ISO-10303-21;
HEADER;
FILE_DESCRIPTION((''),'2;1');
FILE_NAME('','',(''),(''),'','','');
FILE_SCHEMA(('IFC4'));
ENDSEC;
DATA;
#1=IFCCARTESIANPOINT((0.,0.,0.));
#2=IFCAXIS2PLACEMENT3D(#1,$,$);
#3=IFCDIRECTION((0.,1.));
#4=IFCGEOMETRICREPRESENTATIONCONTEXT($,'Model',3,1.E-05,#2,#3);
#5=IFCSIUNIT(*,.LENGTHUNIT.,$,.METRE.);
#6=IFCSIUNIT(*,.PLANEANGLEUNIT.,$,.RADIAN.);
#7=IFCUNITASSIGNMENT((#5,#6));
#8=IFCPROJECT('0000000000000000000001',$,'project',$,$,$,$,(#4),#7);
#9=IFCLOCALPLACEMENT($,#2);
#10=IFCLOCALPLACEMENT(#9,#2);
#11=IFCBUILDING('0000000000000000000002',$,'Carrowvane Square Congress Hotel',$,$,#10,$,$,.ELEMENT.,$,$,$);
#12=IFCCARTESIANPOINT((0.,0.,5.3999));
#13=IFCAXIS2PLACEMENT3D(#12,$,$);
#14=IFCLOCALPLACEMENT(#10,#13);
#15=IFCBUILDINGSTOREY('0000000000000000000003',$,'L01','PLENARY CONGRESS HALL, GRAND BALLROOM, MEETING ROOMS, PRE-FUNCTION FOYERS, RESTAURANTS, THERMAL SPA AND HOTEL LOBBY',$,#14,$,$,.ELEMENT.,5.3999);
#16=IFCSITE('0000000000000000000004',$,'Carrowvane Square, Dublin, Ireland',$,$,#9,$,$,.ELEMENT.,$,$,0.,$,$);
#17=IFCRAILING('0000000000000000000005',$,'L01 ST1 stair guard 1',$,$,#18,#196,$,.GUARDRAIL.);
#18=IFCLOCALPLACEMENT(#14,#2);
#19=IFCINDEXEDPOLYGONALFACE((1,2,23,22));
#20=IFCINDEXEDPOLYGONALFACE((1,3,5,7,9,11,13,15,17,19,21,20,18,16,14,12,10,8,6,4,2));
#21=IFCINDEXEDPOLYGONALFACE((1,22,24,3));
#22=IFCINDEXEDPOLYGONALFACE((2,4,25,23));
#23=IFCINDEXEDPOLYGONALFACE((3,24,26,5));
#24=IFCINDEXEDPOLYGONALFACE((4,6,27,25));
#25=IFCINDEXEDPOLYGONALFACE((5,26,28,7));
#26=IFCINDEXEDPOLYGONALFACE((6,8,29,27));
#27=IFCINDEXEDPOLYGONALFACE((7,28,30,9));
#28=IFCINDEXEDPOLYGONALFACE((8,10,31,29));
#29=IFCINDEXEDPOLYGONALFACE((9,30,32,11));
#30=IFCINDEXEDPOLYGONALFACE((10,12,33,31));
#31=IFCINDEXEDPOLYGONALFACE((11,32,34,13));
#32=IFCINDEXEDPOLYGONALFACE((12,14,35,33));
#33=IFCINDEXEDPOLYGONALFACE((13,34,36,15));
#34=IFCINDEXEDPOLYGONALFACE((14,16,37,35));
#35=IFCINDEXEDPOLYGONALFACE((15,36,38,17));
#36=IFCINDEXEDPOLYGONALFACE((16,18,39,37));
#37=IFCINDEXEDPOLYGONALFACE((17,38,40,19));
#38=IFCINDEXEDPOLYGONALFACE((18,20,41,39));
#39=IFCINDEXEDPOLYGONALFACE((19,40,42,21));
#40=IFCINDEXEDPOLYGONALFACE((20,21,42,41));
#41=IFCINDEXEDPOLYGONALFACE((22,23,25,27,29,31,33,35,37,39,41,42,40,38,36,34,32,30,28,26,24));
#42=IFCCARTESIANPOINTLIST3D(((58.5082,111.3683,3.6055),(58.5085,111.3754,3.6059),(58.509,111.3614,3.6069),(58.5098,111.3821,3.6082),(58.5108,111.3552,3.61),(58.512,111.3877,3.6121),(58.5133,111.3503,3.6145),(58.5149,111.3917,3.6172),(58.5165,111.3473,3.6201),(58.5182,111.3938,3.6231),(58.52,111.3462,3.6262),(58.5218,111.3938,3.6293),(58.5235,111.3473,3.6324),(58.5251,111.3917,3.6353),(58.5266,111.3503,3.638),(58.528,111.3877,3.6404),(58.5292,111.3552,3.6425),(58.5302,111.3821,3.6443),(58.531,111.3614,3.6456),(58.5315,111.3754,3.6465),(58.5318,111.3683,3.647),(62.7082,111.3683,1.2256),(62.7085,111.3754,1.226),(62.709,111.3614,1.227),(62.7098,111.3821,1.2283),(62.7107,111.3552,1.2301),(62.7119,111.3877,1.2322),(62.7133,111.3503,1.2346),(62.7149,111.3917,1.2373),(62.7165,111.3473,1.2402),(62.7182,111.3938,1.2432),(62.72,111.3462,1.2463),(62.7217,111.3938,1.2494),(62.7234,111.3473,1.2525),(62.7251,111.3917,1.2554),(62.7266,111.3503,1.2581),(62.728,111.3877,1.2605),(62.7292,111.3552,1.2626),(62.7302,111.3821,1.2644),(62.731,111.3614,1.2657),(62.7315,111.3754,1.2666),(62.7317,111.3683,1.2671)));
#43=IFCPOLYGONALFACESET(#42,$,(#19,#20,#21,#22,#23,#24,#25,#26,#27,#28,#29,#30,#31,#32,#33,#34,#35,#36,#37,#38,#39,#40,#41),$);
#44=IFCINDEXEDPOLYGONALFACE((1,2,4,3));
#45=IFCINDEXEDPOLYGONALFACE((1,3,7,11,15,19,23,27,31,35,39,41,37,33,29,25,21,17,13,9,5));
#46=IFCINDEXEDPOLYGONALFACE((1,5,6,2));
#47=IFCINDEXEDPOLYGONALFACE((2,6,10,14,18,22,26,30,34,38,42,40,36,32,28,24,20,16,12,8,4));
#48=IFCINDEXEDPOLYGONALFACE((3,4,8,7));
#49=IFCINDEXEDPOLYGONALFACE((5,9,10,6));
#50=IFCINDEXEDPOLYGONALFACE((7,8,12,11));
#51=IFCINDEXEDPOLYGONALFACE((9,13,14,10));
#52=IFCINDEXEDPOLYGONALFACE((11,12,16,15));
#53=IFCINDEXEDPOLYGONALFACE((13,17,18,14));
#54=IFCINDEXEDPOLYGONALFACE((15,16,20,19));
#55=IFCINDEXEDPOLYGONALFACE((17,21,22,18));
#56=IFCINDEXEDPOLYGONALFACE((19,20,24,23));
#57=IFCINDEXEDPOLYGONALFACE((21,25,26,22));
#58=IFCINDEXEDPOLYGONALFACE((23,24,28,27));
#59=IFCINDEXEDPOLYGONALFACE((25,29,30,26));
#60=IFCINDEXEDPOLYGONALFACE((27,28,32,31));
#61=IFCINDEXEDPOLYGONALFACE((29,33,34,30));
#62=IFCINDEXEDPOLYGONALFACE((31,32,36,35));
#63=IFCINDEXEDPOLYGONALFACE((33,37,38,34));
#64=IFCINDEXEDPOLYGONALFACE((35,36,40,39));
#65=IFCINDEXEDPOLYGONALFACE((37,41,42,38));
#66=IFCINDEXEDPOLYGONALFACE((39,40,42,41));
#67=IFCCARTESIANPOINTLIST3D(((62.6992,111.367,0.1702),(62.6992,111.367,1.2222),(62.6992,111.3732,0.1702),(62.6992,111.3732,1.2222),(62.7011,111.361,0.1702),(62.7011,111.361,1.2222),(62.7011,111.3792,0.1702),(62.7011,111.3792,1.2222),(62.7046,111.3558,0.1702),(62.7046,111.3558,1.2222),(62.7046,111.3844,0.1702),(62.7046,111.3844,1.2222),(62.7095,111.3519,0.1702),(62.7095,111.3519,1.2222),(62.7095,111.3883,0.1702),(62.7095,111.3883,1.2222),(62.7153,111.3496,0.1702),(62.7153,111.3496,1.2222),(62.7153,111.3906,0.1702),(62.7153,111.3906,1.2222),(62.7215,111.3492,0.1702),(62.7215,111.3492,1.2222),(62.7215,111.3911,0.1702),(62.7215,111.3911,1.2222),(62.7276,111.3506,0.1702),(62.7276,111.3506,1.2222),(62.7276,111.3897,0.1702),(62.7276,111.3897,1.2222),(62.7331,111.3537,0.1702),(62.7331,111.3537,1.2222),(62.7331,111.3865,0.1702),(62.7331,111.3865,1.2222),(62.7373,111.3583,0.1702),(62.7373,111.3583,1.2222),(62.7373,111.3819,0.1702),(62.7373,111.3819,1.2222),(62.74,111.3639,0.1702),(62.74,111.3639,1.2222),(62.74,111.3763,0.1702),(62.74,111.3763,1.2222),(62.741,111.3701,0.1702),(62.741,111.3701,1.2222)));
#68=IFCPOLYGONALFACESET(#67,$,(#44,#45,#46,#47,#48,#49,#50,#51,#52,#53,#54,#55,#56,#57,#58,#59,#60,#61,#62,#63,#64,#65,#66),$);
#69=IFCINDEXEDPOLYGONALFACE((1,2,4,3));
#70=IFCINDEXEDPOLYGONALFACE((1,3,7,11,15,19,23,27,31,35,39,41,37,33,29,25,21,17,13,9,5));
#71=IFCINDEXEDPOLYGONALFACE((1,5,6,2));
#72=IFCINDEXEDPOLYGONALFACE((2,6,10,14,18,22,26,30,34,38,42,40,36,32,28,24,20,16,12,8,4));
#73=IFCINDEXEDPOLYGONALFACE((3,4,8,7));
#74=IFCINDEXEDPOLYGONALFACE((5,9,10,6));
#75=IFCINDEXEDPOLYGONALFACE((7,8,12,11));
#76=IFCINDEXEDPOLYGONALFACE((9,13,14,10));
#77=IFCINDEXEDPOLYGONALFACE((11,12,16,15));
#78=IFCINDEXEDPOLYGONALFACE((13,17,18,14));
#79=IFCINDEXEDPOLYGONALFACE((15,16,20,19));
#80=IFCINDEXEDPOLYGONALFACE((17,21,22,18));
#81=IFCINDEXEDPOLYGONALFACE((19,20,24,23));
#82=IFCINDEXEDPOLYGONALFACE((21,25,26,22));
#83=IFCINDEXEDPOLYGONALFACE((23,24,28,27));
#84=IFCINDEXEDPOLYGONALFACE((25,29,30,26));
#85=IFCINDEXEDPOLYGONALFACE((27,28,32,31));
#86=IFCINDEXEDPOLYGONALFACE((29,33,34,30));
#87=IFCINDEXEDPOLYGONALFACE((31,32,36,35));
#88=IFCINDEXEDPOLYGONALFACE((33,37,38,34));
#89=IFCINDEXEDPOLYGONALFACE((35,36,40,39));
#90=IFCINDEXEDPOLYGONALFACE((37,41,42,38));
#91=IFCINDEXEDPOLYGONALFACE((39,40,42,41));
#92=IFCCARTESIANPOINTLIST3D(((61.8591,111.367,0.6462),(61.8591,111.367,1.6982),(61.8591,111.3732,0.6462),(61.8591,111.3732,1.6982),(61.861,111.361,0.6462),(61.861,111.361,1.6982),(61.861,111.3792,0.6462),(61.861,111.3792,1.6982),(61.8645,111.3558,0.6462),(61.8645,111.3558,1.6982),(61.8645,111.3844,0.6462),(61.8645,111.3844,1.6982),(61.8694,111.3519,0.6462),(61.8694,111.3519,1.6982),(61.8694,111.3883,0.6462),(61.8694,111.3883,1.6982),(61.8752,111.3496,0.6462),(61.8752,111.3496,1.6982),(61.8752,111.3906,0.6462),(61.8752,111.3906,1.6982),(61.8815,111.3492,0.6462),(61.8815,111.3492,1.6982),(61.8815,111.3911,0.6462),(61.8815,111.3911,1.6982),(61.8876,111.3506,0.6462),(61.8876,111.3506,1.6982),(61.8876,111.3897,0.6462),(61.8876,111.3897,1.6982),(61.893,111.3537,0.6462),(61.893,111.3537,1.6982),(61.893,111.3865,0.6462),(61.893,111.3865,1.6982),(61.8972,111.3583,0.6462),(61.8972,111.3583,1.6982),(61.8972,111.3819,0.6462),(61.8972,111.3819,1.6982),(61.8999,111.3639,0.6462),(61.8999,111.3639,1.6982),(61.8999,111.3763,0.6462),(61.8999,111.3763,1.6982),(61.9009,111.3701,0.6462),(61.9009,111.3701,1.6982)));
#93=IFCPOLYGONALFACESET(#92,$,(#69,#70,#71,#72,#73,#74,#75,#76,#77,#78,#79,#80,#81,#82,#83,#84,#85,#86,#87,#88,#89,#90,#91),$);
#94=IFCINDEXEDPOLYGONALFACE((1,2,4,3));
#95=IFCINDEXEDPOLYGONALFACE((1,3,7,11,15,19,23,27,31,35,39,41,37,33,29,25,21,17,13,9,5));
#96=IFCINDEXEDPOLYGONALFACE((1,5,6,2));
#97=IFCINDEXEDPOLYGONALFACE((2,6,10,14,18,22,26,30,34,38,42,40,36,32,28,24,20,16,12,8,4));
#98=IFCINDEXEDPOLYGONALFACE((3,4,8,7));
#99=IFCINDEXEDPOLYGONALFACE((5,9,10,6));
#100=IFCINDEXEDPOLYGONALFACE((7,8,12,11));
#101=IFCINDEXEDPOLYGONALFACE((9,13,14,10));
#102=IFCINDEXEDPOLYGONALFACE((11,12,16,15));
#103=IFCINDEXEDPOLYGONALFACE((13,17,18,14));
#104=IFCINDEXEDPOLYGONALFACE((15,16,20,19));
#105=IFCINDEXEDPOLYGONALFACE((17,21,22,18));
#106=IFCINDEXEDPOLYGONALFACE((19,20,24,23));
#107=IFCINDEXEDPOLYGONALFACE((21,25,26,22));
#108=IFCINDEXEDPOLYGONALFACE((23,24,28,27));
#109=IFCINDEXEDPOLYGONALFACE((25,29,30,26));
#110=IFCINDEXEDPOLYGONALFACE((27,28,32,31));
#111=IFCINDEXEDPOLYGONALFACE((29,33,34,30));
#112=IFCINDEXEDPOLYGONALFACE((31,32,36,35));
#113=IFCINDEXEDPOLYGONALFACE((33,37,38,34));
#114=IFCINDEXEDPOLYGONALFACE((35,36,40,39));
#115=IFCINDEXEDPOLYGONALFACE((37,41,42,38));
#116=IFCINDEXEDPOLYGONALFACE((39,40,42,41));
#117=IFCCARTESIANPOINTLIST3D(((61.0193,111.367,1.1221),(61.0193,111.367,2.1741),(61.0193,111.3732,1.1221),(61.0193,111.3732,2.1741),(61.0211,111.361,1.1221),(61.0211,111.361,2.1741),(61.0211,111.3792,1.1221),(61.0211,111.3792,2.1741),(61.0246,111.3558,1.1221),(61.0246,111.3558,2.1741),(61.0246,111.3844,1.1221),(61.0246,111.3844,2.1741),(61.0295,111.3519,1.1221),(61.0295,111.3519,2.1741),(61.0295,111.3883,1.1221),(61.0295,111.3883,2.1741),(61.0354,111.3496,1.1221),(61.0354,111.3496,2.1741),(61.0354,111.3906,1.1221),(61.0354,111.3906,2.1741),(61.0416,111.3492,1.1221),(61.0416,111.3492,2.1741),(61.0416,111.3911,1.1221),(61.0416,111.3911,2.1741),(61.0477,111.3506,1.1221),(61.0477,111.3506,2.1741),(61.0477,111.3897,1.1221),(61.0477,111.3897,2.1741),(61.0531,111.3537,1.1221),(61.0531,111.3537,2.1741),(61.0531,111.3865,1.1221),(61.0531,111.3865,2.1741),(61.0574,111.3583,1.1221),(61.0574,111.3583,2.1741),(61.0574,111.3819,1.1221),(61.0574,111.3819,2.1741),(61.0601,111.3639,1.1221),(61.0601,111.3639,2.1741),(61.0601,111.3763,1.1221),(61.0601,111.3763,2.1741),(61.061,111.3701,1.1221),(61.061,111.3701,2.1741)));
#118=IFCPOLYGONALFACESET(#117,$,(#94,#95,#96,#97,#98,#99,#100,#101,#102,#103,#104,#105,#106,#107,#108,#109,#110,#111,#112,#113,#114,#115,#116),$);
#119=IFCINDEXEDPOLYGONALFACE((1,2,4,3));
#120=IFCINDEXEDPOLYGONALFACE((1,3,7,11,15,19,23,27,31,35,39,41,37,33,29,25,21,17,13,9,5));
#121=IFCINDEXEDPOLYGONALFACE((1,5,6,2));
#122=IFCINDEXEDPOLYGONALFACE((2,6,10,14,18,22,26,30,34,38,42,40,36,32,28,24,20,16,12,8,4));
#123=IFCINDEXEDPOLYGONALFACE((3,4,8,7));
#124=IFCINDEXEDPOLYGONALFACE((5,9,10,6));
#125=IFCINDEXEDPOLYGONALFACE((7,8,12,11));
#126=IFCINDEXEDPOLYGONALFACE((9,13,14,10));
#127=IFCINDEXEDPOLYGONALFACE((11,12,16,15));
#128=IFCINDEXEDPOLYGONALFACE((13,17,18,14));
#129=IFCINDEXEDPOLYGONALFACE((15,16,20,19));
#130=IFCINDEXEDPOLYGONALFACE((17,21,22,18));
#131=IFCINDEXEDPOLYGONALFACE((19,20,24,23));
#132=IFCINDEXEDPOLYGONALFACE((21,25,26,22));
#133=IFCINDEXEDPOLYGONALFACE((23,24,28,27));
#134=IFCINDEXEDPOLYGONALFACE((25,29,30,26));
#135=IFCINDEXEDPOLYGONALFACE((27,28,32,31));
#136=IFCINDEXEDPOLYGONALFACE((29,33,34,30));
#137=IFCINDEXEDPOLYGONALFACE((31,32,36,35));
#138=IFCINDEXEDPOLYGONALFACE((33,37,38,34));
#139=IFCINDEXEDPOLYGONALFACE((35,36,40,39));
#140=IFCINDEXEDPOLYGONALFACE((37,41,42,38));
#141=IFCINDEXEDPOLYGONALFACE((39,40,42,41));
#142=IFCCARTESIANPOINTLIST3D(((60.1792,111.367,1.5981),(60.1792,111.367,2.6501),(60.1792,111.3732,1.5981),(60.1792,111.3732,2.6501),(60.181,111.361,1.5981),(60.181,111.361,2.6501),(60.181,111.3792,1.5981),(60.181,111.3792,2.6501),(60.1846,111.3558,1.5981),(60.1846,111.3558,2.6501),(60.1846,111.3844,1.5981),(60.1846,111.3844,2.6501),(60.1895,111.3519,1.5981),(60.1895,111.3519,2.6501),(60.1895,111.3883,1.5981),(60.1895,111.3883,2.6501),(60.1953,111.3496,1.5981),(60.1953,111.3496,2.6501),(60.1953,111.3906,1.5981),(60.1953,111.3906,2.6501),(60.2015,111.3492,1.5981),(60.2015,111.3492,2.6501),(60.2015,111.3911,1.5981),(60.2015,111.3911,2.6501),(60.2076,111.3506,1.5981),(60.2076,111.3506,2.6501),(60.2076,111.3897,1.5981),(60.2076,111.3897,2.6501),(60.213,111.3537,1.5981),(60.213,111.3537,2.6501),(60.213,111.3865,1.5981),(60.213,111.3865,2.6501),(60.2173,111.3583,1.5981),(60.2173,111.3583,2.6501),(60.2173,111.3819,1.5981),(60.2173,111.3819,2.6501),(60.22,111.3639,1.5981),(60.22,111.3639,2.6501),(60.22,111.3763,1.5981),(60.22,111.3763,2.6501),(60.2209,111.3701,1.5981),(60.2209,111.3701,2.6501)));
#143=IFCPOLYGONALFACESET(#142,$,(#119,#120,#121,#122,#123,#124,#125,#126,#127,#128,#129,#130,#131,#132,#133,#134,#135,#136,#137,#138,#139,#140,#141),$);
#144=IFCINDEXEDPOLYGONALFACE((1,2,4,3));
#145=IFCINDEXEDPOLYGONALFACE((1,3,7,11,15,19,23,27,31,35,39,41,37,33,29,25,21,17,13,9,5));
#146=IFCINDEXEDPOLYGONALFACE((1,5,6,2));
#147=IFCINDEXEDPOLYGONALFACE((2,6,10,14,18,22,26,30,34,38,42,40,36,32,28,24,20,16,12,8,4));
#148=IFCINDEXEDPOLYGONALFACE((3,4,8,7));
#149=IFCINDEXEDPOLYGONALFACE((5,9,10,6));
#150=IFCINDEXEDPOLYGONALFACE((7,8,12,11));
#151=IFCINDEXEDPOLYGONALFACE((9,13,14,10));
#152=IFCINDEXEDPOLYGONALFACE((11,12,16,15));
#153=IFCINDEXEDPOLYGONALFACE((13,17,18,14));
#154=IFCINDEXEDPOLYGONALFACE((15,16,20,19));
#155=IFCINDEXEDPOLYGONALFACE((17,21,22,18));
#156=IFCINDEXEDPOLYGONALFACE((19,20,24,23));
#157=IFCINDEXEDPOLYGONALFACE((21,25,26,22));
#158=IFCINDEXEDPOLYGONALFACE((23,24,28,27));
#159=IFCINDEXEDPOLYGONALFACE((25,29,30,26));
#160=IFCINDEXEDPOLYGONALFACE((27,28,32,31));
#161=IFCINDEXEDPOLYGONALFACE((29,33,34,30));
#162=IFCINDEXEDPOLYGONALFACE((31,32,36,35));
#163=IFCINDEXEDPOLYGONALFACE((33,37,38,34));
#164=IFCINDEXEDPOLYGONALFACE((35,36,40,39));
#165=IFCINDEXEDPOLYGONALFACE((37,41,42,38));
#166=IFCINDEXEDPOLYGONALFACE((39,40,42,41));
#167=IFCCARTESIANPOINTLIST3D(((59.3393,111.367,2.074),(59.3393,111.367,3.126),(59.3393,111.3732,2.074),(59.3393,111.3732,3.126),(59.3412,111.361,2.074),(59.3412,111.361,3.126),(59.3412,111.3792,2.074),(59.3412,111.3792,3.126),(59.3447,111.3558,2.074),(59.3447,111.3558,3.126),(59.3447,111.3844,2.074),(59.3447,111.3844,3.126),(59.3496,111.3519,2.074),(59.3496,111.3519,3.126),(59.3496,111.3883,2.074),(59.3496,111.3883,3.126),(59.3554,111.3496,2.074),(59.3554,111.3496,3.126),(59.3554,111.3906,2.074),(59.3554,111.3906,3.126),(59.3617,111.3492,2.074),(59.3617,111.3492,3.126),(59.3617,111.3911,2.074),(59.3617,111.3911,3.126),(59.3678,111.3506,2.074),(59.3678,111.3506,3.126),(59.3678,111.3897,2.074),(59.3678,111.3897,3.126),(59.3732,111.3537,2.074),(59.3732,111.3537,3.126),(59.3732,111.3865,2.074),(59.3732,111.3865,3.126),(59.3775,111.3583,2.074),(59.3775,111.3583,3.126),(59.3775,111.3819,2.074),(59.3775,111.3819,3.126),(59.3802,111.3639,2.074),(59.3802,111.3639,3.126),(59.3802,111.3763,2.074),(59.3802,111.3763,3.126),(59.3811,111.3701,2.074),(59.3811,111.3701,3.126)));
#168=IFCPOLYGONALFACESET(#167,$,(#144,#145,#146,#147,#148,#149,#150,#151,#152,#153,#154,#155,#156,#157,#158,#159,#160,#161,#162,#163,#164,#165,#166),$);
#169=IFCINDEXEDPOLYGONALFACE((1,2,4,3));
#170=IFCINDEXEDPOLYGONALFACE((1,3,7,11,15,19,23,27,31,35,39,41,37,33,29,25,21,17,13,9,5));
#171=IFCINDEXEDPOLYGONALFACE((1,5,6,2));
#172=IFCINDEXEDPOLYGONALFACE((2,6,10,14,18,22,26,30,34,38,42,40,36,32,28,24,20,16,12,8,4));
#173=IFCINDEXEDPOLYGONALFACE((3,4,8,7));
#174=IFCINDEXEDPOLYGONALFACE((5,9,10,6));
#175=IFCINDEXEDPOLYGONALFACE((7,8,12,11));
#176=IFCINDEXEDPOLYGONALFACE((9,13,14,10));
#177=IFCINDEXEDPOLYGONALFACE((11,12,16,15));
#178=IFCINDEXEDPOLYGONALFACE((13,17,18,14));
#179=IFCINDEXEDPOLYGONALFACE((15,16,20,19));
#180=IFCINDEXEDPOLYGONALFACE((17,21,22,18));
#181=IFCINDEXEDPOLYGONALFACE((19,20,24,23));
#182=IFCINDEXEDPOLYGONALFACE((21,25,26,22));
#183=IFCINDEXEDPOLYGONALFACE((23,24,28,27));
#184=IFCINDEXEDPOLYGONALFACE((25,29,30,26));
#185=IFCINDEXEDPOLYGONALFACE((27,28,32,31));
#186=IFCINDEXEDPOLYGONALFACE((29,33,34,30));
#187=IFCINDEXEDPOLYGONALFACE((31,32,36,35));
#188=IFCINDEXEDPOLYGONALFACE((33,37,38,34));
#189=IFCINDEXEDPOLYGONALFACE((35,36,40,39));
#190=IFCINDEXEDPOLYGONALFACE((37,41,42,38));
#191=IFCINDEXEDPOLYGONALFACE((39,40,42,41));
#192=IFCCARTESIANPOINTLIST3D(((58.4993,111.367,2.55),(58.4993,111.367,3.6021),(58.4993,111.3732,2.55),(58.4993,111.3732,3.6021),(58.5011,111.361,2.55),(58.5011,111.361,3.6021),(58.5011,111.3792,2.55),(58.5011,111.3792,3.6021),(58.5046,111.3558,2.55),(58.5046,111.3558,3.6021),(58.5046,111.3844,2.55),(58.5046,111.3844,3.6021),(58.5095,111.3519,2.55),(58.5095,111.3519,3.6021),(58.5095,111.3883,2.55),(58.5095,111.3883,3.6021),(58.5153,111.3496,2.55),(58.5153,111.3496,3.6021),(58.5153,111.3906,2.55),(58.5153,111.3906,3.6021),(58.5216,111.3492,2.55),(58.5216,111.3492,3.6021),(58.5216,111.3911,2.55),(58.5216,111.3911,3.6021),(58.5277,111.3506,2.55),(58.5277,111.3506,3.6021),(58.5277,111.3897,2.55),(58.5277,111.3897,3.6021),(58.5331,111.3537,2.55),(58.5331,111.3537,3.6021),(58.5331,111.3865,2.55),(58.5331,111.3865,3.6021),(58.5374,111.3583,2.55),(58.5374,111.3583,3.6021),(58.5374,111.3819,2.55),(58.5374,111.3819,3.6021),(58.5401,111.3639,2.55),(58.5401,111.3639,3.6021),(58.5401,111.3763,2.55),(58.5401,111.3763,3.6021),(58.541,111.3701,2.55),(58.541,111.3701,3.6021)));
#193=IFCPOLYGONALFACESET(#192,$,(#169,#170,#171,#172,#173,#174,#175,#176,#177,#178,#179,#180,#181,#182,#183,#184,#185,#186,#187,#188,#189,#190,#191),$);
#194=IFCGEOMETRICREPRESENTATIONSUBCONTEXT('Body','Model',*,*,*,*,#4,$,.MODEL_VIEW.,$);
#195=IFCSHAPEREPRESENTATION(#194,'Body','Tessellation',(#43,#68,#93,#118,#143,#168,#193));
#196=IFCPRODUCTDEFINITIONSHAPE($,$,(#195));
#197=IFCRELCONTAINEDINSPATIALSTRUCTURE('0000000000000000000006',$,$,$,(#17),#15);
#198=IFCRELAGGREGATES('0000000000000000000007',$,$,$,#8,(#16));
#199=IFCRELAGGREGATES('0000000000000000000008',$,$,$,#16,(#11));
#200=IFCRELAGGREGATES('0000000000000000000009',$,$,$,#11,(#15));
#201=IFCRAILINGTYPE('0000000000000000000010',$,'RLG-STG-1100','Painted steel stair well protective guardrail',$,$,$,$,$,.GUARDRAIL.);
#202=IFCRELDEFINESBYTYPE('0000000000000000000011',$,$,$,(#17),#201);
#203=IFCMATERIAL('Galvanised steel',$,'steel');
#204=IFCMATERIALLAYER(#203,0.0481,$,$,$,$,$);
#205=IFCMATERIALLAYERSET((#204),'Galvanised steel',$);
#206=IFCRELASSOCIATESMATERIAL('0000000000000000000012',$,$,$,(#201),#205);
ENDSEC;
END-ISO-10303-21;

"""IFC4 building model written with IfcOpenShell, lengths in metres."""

from ifc_helpers import new_model, si_unit, direction, frame, origin, origin_2d, place, context, subcontext, project, spatial, circle, extrude, material, layer, layer_set, type_object, element, save


model = new_model("IFC4")

# Units and contexts
model_context = context("Model", 3, precision=1e-05, world=origin(), true_north=direction((0.0, 1.0)))
body_context = subcontext(model_context, "Body", "Model", "MODEL_VIEW")
ifc_project = project(units=[si_unit("LENGTHUNIT", "METRE"), si_unit("PLANEANGLEUNIT", "RADIAN")], contexts=[model_context])

# Site, building, storey
site_placement = place(None, origin())
site = spatial("IfcSite", under=ifc_project, at=site_placement, Name="Carrowvane Square, Dublin, Ireland", CompositionType="ELEMENT", RefElevation=0.0)
building_placement = place(site_placement, origin())
building = spatial("IfcBuilding", under=site, at=building_placement, Name="Carrowvane Square Congress Hotel", CompositionType="ELEMENT")
storey_placement = place(building_placement, frame((0.0, 0.0, 5.3999)))
storey = spatial("IfcBuildingStorey", under=building, at=storey_placement, Name="L01", Description="PLENARY CONGRESS HALL, GRAND BALLROOM, MEETING ROOMS, PRE-FUNCTION FOYERS, RESTAURANTS, THERMAL SPA AND HOTEL LOBBY", CompositionType="ELEMENT", Elevation=5.3999)

# Railing
ifc_material_1 = material(Name="Galvanised steel", Category="steel")
ifc_layer_1 = layer(ifc_material_1, 0.0481)
ifc_layer_set_1 = layer_set([ifc_layer_1], Name="Galvanised steel")
railing_type_1 = type_object("IfcRailingType", Name="RLG-STG-1100", Description="Painted steel stair well protective guardrail", PredefinedType="GUARDRAIL", material=ifc_layer_set_1)
railing_1_placement = place(storey_placement, frame((62.72, 111.3701, 0.1702)))
element("IfcRailing", 1, at=railing_1_placement, inside=storey, type_object=railing_type_1, Name="L01 ST1 stair guard 1", PredefinedType="GUARDRAIL", context=body_context, shape_type="SweptSolid", body=[
    extrude(circle(Radius=0.0239, at=origin_2d()), frame((0.0, 0.0, 1.0762), z_axis=(-0.87003, 0.0, 0.492999), x_axis=(0.0, -1.0, 0.0)), (0.0, 0.0, 1.0), 4.8274),
    extrude(circle(Radius=0.021, at=origin_2d()), origin(), (0.0, 0.0, 1.0), 1.052),
    extrude(circle(Radius=0.021, at=origin_2d()), frame((-0.8401, 0.0, 0.4761)), (0.0, 0.0, 1.0), 1.052),
    extrude(circle(Radius=0.021, at=origin_2d()), frame((-1.6799, 0.0, 0.9519)), (0.0, 0.0, 1.0), 1.052),
    extrude(circle(Radius=0.021, at=origin_2d()), frame((-2.52, 0.0, 1.428)), (0.0, 0.0, 1.0), 1.052),
    extrude(circle(Radius=0.021, at=origin_2d()), frame((-3.3599, 0.0, 1.9038)), (0.0, 0.0, 1.0), 1.052),
    extrude(circle(Radius=0.021, at=origin_2d()), frame((-4.2, 0.0, 2.3799)), (0.0, 0.0, 1.0), 1.052),
])

save(model, "model.ifc")
